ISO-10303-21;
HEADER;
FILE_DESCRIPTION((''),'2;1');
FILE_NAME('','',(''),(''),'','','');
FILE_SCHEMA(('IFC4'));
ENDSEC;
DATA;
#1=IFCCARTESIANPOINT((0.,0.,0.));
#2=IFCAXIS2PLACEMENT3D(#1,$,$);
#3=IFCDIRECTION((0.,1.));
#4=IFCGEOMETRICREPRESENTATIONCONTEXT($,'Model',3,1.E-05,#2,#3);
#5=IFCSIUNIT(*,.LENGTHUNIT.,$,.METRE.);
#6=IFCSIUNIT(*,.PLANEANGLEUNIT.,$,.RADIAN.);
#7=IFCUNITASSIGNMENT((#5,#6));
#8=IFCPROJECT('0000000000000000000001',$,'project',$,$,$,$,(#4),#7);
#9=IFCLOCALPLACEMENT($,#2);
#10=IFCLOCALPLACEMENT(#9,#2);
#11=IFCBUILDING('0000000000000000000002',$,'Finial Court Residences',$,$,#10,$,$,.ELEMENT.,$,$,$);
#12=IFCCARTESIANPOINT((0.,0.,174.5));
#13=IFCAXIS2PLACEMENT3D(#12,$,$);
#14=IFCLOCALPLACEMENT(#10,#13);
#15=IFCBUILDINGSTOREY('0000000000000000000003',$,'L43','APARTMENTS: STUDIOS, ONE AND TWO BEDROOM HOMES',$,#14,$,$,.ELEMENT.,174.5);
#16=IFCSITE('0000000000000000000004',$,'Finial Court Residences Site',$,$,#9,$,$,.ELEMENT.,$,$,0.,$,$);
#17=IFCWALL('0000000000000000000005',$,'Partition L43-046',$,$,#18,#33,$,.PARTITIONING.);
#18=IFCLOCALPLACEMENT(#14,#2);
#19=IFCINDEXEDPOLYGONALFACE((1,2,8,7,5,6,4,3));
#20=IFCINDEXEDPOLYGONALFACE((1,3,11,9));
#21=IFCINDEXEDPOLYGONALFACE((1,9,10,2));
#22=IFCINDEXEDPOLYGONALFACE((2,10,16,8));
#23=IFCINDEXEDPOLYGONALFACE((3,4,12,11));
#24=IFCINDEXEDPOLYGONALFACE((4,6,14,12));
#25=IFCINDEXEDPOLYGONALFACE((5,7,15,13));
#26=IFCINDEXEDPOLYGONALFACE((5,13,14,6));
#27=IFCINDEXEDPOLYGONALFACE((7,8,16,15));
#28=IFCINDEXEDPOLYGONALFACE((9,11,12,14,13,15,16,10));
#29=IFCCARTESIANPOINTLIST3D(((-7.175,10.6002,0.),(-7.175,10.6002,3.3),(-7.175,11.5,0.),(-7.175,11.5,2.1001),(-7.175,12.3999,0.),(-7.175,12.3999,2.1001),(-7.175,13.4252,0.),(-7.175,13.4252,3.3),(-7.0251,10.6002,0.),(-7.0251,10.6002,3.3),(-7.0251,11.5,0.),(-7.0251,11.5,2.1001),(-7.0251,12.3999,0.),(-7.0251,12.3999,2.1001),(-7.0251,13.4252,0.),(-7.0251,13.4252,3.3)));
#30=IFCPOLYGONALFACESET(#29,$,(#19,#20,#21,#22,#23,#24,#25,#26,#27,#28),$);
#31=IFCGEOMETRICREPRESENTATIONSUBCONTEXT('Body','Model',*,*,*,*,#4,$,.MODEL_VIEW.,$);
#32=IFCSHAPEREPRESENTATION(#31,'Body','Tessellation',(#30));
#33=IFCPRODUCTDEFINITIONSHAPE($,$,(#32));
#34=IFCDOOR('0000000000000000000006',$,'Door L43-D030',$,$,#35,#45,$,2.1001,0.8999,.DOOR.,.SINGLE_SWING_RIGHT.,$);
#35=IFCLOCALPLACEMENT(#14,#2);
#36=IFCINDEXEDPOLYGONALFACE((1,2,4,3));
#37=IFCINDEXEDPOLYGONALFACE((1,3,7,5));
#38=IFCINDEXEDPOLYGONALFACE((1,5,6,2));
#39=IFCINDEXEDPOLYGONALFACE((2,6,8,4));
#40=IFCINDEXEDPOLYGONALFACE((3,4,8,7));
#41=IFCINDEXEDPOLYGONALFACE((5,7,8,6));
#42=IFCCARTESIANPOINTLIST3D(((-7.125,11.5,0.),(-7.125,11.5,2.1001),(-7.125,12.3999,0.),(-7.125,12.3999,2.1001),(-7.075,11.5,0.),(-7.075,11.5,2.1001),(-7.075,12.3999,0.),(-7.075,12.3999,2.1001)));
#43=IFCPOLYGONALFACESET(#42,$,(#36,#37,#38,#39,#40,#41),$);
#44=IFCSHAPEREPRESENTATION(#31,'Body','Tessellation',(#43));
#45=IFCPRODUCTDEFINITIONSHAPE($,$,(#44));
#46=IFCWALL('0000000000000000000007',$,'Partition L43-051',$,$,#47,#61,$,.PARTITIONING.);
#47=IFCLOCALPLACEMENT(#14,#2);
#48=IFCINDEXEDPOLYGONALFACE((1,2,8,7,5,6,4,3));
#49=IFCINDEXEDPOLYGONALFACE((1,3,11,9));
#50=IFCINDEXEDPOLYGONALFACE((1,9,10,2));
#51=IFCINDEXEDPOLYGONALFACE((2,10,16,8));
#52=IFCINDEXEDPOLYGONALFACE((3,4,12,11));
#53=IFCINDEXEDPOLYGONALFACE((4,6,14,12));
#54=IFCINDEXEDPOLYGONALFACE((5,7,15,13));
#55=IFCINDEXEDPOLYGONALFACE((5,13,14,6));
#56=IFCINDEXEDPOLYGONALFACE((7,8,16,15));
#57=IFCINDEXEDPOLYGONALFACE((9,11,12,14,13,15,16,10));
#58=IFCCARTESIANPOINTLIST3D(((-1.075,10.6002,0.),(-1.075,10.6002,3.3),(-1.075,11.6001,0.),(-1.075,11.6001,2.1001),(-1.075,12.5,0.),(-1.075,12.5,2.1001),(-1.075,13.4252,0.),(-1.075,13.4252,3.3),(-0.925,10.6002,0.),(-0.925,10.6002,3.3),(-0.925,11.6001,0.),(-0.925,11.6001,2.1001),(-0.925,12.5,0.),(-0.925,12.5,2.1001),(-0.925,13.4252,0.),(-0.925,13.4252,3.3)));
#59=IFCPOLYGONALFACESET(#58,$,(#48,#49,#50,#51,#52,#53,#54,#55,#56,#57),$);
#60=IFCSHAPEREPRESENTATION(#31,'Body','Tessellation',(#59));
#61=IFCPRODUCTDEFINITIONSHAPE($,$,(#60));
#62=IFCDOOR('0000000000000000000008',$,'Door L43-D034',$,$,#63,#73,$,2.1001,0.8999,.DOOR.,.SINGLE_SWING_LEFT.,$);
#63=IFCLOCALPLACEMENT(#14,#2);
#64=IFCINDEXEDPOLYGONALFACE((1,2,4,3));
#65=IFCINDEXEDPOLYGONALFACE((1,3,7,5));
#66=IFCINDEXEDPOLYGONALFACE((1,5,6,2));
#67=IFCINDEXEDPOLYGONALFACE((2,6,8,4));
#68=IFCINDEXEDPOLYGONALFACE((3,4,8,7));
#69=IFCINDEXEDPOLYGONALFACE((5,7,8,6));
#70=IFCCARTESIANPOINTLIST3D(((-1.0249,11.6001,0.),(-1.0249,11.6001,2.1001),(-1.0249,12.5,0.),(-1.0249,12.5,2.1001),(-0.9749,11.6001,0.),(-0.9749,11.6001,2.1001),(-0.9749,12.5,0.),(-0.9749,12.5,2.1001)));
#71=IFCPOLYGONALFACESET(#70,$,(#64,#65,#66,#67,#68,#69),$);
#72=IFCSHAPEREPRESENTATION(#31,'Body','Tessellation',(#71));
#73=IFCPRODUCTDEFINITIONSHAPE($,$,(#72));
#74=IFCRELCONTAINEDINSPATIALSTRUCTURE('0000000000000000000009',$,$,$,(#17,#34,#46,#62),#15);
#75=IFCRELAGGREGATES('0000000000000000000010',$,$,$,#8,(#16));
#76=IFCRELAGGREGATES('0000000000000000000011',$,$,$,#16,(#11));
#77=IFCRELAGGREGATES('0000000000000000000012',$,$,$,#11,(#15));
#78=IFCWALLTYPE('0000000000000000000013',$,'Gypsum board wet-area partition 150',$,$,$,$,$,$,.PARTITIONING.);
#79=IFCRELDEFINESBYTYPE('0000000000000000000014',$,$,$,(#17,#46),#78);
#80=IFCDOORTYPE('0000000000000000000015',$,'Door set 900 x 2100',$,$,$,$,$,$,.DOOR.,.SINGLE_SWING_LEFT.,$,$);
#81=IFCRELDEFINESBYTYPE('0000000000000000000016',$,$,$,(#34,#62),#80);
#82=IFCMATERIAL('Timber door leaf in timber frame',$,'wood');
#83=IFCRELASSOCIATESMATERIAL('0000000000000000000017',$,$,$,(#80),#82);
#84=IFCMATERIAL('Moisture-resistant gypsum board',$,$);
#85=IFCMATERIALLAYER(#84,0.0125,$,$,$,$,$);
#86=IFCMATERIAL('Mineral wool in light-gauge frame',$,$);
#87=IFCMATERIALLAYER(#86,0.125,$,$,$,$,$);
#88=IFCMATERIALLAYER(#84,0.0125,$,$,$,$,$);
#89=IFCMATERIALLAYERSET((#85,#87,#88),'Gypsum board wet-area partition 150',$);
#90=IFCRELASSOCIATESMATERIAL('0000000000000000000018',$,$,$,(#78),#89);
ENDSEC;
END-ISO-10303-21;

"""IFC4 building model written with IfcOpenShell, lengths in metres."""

from ifc_helpers import new_model, si_unit, direction, frame, frame_2d, origin, place, context, subcontext, project, spatial, rectangle, extrude, material, layer, layer_set, type_object, element, fill, save


model = new_model("IFC4")

# Units and contexts
model_context = context("Model", 3, precision=1e-05, world=origin(), true_north=direction((0.0, 1.0)))
body_context = subcontext(model_context, "Body", "Model", "MODEL_VIEW")
ifc_project = project(units=[si_unit("LENGTHUNIT", "METRE"), si_unit("PLANEANGLEUNIT", "RADIAN")], contexts=[model_context])

# Site, building, storey
site_placement = place(None, origin())
site = spatial("IfcSite", under=ifc_project, at=site_placement, Name="Finial Court Residences Site", CompositionType="ELEMENT", RefElevation=0.0)
building_placement = place(site_placement, origin())
building = spatial("IfcBuilding", under=site, at=building_placement, Name="Finial Court Residences", CompositionType="ELEMENT")
storey_placement = place(building_placement, frame((0.0, 0.0, 174.5)))
storey = spatial("IfcBuildingStorey", under=building, at=storey_placement, Name="L43", Description="APARTMENTS: STUDIOS, ONE AND TWO BEDROOM HOMES", CompositionType="ELEMENT", Elevation=174.5)

# Shared definitions
ifc_material_1 = material(Name="Mineral wool in light-gauge frame")
ifc_material_2 = material(Name="Timber door leaf in timber frame", Category="wood")
door_type = type_object("IfcDoorType", Name="Door set 900 x 2100", OperationType="SINGLE_SWING_LEFT", PredefinedType="DOOR", material=ifc_material_2)

# Shared definitions
ifc_material_3 = material(Name="Moisture-resistant gypsum board")
ifc_layer_1 = layer(ifc_material_3, 0.0125)
ifc_layer_2 = layer(ifc_material_1, 0.125)
ifc_layer_3 = layer(ifc_material_3, 0.0125)
ifc_layer_set_1 = layer_set([ifc_layer_1, ifc_layer_2, ifc_layer_3], Name="Gypsum board wet-area partition 150")
wall_type_1 = type_object("IfcWallType", Name="Gypsum board wet-area partition 150", PredefinedType="PARTITIONING", material=ifc_layer_set_1)

# Walls, openings, doors
wall_1_placement = place(storey_placement, frame((-7.1001, 10.6001, 0.0), z_axis=(0.0, 0.0, 1.0), x_axis=(0.0, 1.0, 0.0)))
wall_1 = element("IfcWall", 1, at=wall_1_placement, inside=storey, type_object=wall_type_1, Name="Partition L43-046", PredefinedType="PARTITIONING", context=body_context, shape_type="SweptSolid", body=[
    extrude(rectangle(XDim=2.825, YDim=0.1499, at=frame_2d((1.4126, 0.0))), origin(), (0.0, 0.0, 1.0), 3.3),
])
opening_1_placement = place(wall_1_placement, frame((0.8999, 0.0, 0.0)))
opening_1 = element("IfcOpeningElement", 2, at=opening_1_placement, cuts=wall_1, PredefinedType="OPENING", context=body_context, shape_type="SweptSolid", body=[
    extrude(rectangle(XDim=0.8999, YDim=2.1001, at=frame_2d((0.45, 1.05))), frame((0.0, 0.085, 0.0), z_axis=(0.0, -1.0, 0.0), x_axis=(1.0, 0.0, 0.0)), (0.0, 0.0, 1.0), 0.1699),
])
door_1_placement = place(opening_1_placement, origin())
door_1 = element("IfcDoor", 3, at=door_1_placement, inside=storey, type_object=door_type, Name="Door L43-D030", OperationType="SINGLE_SWING_RIGHT", OverallHeight=2.1001, OverallWidth=0.8999, PredefinedType="DOOR", context=body_context, shape_type="SweptSolid", body=[
    extrude(rectangle(XDim=0.8999, YDim=2.1001, at=frame_2d((0.45, 1.05))), frame((0.0, 0.0249, 0.0), z_axis=(0.0, -1.0, 0.0), x_axis=(1.0, 0.0, 0.0)), (0.0, 0.0, 1.0), 0.05),
])
fill(opening_1, door_1)
wall_2_placement = place(storey_placement, frame((-1.0, 10.6001, 0.0), z_axis=(0.0, 0.0, 1.0), x_axis=(0.0, 1.0, 0.0)))
wall_2 = element("IfcWall", 4, at=wall_2_placement, inside=storey, type_object=wall_type_1, Name="Partition L43-051", PredefinedType="PARTITIONING", context=body_context, shape_type="SweptSolid", body=[
    extrude(rectangle(XDim=2.825, YDim=0.1499, at=frame_2d((1.4126, 0.0))), origin(), (0.0, 0.0, 1.0), 3.3),
])
opening_2_placement = place(wall_2_placement, frame((1.0, 0.0, 0.0)))
opening_2 = element("IfcOpeningElement", 5, at=opening_2_placement, cuts=wall_2, PredefinedType="OPENING", context=body_context, shape_type="SweptSolid", body=[
    extrude(rectangle(XDim=0.8999, YDim=2.1001, at=frame_2d((0.45, 1.05))), frame((0.0, 0.085, 0.0), z_axis=(0.0, -1.0, 0.0), x_axis=(1.0, 0.0, 0.0)), (0.0, 0.0, 1.0), 0.1699),
])
door_2_placement = place(opening_2_placement, origin())
door_2 = element("IfcDoor", 6, at=door_2_placement, inside=storey, type_object=door_type, Name="Door L43-D034", OperationType="SINGLE_SWING_LEFT", OverallHeight=2.1001, OverallWidth=0.8999, PredefinedType="DOOR", context=body_context, shape_type="SweptSolid", body=[
    extrude(rectangle(XDim=0.8999, YDim=2.1001, at=frame_2d((0.45, 1.05))), frame((0.0, 0.0249, 0.0), z_axis=(0.0, -1.0, 0.0), x_axis=(1.0, 0.0, 0.0)), (0.0, 0.0, 1.0), 0.05),
])
fill(opening_2, door_2)

save(model, "model.ifc")
